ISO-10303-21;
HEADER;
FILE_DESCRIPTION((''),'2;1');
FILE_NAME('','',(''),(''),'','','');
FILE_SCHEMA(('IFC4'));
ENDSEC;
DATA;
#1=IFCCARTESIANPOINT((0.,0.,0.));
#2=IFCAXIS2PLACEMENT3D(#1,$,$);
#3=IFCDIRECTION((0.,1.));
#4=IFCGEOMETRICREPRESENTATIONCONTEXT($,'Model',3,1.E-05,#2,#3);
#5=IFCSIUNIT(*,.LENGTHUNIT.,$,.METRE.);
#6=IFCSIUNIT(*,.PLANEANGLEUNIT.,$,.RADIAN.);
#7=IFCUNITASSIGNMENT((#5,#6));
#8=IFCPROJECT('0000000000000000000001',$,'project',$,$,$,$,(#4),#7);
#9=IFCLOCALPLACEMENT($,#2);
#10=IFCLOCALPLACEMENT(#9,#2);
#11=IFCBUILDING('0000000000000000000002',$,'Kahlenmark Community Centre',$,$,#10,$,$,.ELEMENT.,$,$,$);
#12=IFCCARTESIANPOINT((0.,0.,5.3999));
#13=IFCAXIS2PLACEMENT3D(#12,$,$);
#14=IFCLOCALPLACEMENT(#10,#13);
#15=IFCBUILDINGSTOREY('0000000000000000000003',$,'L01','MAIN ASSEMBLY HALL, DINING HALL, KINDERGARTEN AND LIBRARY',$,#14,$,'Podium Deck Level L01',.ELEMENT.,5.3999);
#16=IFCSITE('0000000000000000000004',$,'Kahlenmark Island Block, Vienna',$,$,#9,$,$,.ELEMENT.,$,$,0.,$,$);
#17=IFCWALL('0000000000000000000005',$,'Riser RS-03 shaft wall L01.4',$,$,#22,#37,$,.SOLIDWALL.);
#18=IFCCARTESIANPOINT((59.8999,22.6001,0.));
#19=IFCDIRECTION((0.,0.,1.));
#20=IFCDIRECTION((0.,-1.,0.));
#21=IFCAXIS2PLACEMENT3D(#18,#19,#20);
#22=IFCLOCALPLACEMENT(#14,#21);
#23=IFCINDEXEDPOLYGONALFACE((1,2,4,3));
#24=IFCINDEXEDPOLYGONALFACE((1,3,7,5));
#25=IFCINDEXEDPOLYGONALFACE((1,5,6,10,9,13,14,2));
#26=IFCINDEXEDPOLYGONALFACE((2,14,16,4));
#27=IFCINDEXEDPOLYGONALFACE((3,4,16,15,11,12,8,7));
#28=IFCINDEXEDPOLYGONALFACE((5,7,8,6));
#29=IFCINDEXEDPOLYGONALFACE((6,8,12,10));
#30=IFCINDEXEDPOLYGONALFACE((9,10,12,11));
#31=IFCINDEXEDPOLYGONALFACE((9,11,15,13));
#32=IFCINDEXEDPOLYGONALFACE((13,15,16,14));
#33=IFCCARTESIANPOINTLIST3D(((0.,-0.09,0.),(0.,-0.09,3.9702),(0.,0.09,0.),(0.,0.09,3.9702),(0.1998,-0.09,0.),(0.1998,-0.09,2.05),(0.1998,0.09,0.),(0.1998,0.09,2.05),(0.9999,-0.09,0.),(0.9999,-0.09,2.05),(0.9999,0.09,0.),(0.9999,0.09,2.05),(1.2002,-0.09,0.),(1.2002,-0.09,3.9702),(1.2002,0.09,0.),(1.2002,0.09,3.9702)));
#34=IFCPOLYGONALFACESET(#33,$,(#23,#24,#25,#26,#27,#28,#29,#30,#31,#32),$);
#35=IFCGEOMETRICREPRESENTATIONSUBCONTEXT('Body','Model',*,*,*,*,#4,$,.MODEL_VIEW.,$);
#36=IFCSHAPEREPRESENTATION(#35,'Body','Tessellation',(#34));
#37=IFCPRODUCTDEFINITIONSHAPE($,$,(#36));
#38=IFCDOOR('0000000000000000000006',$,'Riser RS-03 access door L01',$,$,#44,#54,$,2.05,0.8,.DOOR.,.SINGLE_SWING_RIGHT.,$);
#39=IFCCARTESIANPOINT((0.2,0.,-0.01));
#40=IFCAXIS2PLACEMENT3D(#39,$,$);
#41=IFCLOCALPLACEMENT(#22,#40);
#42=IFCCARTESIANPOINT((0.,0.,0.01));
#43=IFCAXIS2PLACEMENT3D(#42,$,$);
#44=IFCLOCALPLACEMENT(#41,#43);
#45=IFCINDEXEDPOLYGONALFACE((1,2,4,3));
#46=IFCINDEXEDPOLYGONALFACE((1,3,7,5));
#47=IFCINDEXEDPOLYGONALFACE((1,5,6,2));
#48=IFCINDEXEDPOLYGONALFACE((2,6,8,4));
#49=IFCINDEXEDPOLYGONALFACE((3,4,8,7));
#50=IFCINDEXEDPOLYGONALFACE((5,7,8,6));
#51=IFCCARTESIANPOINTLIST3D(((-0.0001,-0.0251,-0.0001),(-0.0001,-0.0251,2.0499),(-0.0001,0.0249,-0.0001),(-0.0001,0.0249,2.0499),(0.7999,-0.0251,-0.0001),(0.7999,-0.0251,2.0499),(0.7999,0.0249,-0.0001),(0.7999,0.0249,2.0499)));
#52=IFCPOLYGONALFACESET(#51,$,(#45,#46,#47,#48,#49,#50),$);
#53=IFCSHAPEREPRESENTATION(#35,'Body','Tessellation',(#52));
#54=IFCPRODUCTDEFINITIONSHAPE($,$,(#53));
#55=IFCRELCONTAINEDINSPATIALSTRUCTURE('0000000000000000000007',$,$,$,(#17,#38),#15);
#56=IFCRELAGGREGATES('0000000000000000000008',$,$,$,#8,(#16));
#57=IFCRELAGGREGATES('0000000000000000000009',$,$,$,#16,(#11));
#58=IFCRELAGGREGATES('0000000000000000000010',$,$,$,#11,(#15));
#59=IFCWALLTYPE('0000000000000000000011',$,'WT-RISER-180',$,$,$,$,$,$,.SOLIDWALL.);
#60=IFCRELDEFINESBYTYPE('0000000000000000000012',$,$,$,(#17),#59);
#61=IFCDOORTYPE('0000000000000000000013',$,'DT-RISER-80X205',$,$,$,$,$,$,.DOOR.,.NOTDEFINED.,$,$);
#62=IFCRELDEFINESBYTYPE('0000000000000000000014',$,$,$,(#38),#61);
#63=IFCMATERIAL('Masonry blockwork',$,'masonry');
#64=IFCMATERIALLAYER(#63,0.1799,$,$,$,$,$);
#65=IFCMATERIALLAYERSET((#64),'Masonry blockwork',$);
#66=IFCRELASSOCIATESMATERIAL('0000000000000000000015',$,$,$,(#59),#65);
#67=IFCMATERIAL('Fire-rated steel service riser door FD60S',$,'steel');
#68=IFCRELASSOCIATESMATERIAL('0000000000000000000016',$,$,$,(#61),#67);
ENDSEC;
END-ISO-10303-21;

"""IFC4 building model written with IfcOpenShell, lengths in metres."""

from ifc_helpers import new_model, si_unit, direction, frame, frame_2d, origin, place, context, subcontext, project, spatial, rectangle, extrude, material, layer, layer_set, type_object, element, fill, save


model = new_model("IFC4")

# Units and contexts
model_context = context("Model", 3, precision=1e-05, world=origin(), true_north=direction((0.0, 1.0)))
body_context = subcontext(model_context, "Body", "Model", "MODEL_VIEW")
ifc_project = project(units=[si_unit("LENGTHUNIT", "METRE"), si_unit("PLANEANGLEUNIT", "RADIAN")], contexts=[model_context])

# Site, building, storey
site_placement = place(None, origin())
site = spatial("IfcSite", under=ifc_project, at=site_placement, Name="Kahlenmark Island Block, Vienna", CompositionType="ELEMENT", RefElevation=0.0)
building_placement = place(site_placement, origin())
building = spatial("IfcBuilding", under=site, at=building_placement, Name="Kahlenmark Community Centre", CompositionType="ELEMENT")
storey_placement = place(building_placement, frame((0.0, 0.0, 5.3999)))
storey = spatial("IfcBuildingStorey", under=building, at=storey_placement, Name="L01", Description="MAIN ASSEMBLY HALL, DINING HALL, KINDERGARTEN AND LIBRARY", LongName="Podium Deck Level L01", CompositionType="ELEMENT", Elevation=5.3999)

# Shared definitions
ifc_material_1 = material(Name="Masonry blockwork", Category="masonry")
ifc_layer_1 = layer(ifc_material_1, 0.1799)
ifc_layer_set_1 = layer_set([ifc_layer_1], Name="Masonry blockwork")
wall_type_1 = type_object("IfcWallType", Name="WT-RISER-180", PredefinedType="SOLIDWALL", material=ifc_layer_set_1)

# Wall, opening, door
wall_1_placement = place(storey_placement, frame((59.8999, 22.6001, 0.0), z_axis=(0.0, 0.0, 1.0), x_axis=(0.0, -1.0, 0.0)))
wall_1 = element("IfcWall", 1, at=wall_1_placement, inside=storey, type_object=wall_type_1, Name="Riser RS-03 shaft wall L01.4", PredefinedType="SOLIDWALL", context=body_context, shape_type="SweptSolid", body=[
    extrude(rectangle(XDim=1.2002, YDim=0.1799, at=frame_2d((0.6001, 0.0))), origin(), (0.0, 0.0, 1.0), 3.9702),
])
opening_placement = place(wall_1_placement, frame((0.2, 0.0, -0.01)))
opening = element("IfcOpeningElement", 2, at=opening_placement, cuts=wall_1, PredefinedType="OPENING", context=body_context, shape_type="SweptSolid", body=[
    extrude(rectangle(XDim=0.8, YDim=2.0601, at=frame_2d((0.3999, 1.03))), frame((0.0, 0.0999, 0.0), z_axis=(0.0, -1.0, 0.0), x_axis=(1.0, 0.0, 0.0)), (0.0, 0.0, 1.0), 0.2),
])
ifc_material_2 = material(Name="Fire-rated steel service riser door FD60S", Category="steel")
door_type = type_object("IfcDoorType", Name="DT-RISER-80X205", OperationType="NOTDEFINED", PredefinedType="DOOR", material=ifc_material_2)
door_placement = place(opening_placement, frame((0.0, 0.0, 0.01)))
door = element("IfcDoor", 3, at=door_placement, inside=storey, type_object=door_type, Name="Riser RS-03 access door L01", OperationType="SINGLE_SWING_RIGHT", OverallHeight=2.05, OverallWidth=0.8, PredefinedType="DOOR", context=body_context, shape_type="SweptSolid", body=[
    extrude(rectangle(XDim=0.8, YDim=2.05, at=frame_2d((0.3999, 1.0249))), frame((0.0, 0.0249, 0.0), z_axis=(0.0, -1.0, 0.0), x_axis=(1.0, 0.0, 0.0)), (0.0, 0.0, 1.0), 0.05),
])
fill(opening, door)

save(model, "model.ifc")
